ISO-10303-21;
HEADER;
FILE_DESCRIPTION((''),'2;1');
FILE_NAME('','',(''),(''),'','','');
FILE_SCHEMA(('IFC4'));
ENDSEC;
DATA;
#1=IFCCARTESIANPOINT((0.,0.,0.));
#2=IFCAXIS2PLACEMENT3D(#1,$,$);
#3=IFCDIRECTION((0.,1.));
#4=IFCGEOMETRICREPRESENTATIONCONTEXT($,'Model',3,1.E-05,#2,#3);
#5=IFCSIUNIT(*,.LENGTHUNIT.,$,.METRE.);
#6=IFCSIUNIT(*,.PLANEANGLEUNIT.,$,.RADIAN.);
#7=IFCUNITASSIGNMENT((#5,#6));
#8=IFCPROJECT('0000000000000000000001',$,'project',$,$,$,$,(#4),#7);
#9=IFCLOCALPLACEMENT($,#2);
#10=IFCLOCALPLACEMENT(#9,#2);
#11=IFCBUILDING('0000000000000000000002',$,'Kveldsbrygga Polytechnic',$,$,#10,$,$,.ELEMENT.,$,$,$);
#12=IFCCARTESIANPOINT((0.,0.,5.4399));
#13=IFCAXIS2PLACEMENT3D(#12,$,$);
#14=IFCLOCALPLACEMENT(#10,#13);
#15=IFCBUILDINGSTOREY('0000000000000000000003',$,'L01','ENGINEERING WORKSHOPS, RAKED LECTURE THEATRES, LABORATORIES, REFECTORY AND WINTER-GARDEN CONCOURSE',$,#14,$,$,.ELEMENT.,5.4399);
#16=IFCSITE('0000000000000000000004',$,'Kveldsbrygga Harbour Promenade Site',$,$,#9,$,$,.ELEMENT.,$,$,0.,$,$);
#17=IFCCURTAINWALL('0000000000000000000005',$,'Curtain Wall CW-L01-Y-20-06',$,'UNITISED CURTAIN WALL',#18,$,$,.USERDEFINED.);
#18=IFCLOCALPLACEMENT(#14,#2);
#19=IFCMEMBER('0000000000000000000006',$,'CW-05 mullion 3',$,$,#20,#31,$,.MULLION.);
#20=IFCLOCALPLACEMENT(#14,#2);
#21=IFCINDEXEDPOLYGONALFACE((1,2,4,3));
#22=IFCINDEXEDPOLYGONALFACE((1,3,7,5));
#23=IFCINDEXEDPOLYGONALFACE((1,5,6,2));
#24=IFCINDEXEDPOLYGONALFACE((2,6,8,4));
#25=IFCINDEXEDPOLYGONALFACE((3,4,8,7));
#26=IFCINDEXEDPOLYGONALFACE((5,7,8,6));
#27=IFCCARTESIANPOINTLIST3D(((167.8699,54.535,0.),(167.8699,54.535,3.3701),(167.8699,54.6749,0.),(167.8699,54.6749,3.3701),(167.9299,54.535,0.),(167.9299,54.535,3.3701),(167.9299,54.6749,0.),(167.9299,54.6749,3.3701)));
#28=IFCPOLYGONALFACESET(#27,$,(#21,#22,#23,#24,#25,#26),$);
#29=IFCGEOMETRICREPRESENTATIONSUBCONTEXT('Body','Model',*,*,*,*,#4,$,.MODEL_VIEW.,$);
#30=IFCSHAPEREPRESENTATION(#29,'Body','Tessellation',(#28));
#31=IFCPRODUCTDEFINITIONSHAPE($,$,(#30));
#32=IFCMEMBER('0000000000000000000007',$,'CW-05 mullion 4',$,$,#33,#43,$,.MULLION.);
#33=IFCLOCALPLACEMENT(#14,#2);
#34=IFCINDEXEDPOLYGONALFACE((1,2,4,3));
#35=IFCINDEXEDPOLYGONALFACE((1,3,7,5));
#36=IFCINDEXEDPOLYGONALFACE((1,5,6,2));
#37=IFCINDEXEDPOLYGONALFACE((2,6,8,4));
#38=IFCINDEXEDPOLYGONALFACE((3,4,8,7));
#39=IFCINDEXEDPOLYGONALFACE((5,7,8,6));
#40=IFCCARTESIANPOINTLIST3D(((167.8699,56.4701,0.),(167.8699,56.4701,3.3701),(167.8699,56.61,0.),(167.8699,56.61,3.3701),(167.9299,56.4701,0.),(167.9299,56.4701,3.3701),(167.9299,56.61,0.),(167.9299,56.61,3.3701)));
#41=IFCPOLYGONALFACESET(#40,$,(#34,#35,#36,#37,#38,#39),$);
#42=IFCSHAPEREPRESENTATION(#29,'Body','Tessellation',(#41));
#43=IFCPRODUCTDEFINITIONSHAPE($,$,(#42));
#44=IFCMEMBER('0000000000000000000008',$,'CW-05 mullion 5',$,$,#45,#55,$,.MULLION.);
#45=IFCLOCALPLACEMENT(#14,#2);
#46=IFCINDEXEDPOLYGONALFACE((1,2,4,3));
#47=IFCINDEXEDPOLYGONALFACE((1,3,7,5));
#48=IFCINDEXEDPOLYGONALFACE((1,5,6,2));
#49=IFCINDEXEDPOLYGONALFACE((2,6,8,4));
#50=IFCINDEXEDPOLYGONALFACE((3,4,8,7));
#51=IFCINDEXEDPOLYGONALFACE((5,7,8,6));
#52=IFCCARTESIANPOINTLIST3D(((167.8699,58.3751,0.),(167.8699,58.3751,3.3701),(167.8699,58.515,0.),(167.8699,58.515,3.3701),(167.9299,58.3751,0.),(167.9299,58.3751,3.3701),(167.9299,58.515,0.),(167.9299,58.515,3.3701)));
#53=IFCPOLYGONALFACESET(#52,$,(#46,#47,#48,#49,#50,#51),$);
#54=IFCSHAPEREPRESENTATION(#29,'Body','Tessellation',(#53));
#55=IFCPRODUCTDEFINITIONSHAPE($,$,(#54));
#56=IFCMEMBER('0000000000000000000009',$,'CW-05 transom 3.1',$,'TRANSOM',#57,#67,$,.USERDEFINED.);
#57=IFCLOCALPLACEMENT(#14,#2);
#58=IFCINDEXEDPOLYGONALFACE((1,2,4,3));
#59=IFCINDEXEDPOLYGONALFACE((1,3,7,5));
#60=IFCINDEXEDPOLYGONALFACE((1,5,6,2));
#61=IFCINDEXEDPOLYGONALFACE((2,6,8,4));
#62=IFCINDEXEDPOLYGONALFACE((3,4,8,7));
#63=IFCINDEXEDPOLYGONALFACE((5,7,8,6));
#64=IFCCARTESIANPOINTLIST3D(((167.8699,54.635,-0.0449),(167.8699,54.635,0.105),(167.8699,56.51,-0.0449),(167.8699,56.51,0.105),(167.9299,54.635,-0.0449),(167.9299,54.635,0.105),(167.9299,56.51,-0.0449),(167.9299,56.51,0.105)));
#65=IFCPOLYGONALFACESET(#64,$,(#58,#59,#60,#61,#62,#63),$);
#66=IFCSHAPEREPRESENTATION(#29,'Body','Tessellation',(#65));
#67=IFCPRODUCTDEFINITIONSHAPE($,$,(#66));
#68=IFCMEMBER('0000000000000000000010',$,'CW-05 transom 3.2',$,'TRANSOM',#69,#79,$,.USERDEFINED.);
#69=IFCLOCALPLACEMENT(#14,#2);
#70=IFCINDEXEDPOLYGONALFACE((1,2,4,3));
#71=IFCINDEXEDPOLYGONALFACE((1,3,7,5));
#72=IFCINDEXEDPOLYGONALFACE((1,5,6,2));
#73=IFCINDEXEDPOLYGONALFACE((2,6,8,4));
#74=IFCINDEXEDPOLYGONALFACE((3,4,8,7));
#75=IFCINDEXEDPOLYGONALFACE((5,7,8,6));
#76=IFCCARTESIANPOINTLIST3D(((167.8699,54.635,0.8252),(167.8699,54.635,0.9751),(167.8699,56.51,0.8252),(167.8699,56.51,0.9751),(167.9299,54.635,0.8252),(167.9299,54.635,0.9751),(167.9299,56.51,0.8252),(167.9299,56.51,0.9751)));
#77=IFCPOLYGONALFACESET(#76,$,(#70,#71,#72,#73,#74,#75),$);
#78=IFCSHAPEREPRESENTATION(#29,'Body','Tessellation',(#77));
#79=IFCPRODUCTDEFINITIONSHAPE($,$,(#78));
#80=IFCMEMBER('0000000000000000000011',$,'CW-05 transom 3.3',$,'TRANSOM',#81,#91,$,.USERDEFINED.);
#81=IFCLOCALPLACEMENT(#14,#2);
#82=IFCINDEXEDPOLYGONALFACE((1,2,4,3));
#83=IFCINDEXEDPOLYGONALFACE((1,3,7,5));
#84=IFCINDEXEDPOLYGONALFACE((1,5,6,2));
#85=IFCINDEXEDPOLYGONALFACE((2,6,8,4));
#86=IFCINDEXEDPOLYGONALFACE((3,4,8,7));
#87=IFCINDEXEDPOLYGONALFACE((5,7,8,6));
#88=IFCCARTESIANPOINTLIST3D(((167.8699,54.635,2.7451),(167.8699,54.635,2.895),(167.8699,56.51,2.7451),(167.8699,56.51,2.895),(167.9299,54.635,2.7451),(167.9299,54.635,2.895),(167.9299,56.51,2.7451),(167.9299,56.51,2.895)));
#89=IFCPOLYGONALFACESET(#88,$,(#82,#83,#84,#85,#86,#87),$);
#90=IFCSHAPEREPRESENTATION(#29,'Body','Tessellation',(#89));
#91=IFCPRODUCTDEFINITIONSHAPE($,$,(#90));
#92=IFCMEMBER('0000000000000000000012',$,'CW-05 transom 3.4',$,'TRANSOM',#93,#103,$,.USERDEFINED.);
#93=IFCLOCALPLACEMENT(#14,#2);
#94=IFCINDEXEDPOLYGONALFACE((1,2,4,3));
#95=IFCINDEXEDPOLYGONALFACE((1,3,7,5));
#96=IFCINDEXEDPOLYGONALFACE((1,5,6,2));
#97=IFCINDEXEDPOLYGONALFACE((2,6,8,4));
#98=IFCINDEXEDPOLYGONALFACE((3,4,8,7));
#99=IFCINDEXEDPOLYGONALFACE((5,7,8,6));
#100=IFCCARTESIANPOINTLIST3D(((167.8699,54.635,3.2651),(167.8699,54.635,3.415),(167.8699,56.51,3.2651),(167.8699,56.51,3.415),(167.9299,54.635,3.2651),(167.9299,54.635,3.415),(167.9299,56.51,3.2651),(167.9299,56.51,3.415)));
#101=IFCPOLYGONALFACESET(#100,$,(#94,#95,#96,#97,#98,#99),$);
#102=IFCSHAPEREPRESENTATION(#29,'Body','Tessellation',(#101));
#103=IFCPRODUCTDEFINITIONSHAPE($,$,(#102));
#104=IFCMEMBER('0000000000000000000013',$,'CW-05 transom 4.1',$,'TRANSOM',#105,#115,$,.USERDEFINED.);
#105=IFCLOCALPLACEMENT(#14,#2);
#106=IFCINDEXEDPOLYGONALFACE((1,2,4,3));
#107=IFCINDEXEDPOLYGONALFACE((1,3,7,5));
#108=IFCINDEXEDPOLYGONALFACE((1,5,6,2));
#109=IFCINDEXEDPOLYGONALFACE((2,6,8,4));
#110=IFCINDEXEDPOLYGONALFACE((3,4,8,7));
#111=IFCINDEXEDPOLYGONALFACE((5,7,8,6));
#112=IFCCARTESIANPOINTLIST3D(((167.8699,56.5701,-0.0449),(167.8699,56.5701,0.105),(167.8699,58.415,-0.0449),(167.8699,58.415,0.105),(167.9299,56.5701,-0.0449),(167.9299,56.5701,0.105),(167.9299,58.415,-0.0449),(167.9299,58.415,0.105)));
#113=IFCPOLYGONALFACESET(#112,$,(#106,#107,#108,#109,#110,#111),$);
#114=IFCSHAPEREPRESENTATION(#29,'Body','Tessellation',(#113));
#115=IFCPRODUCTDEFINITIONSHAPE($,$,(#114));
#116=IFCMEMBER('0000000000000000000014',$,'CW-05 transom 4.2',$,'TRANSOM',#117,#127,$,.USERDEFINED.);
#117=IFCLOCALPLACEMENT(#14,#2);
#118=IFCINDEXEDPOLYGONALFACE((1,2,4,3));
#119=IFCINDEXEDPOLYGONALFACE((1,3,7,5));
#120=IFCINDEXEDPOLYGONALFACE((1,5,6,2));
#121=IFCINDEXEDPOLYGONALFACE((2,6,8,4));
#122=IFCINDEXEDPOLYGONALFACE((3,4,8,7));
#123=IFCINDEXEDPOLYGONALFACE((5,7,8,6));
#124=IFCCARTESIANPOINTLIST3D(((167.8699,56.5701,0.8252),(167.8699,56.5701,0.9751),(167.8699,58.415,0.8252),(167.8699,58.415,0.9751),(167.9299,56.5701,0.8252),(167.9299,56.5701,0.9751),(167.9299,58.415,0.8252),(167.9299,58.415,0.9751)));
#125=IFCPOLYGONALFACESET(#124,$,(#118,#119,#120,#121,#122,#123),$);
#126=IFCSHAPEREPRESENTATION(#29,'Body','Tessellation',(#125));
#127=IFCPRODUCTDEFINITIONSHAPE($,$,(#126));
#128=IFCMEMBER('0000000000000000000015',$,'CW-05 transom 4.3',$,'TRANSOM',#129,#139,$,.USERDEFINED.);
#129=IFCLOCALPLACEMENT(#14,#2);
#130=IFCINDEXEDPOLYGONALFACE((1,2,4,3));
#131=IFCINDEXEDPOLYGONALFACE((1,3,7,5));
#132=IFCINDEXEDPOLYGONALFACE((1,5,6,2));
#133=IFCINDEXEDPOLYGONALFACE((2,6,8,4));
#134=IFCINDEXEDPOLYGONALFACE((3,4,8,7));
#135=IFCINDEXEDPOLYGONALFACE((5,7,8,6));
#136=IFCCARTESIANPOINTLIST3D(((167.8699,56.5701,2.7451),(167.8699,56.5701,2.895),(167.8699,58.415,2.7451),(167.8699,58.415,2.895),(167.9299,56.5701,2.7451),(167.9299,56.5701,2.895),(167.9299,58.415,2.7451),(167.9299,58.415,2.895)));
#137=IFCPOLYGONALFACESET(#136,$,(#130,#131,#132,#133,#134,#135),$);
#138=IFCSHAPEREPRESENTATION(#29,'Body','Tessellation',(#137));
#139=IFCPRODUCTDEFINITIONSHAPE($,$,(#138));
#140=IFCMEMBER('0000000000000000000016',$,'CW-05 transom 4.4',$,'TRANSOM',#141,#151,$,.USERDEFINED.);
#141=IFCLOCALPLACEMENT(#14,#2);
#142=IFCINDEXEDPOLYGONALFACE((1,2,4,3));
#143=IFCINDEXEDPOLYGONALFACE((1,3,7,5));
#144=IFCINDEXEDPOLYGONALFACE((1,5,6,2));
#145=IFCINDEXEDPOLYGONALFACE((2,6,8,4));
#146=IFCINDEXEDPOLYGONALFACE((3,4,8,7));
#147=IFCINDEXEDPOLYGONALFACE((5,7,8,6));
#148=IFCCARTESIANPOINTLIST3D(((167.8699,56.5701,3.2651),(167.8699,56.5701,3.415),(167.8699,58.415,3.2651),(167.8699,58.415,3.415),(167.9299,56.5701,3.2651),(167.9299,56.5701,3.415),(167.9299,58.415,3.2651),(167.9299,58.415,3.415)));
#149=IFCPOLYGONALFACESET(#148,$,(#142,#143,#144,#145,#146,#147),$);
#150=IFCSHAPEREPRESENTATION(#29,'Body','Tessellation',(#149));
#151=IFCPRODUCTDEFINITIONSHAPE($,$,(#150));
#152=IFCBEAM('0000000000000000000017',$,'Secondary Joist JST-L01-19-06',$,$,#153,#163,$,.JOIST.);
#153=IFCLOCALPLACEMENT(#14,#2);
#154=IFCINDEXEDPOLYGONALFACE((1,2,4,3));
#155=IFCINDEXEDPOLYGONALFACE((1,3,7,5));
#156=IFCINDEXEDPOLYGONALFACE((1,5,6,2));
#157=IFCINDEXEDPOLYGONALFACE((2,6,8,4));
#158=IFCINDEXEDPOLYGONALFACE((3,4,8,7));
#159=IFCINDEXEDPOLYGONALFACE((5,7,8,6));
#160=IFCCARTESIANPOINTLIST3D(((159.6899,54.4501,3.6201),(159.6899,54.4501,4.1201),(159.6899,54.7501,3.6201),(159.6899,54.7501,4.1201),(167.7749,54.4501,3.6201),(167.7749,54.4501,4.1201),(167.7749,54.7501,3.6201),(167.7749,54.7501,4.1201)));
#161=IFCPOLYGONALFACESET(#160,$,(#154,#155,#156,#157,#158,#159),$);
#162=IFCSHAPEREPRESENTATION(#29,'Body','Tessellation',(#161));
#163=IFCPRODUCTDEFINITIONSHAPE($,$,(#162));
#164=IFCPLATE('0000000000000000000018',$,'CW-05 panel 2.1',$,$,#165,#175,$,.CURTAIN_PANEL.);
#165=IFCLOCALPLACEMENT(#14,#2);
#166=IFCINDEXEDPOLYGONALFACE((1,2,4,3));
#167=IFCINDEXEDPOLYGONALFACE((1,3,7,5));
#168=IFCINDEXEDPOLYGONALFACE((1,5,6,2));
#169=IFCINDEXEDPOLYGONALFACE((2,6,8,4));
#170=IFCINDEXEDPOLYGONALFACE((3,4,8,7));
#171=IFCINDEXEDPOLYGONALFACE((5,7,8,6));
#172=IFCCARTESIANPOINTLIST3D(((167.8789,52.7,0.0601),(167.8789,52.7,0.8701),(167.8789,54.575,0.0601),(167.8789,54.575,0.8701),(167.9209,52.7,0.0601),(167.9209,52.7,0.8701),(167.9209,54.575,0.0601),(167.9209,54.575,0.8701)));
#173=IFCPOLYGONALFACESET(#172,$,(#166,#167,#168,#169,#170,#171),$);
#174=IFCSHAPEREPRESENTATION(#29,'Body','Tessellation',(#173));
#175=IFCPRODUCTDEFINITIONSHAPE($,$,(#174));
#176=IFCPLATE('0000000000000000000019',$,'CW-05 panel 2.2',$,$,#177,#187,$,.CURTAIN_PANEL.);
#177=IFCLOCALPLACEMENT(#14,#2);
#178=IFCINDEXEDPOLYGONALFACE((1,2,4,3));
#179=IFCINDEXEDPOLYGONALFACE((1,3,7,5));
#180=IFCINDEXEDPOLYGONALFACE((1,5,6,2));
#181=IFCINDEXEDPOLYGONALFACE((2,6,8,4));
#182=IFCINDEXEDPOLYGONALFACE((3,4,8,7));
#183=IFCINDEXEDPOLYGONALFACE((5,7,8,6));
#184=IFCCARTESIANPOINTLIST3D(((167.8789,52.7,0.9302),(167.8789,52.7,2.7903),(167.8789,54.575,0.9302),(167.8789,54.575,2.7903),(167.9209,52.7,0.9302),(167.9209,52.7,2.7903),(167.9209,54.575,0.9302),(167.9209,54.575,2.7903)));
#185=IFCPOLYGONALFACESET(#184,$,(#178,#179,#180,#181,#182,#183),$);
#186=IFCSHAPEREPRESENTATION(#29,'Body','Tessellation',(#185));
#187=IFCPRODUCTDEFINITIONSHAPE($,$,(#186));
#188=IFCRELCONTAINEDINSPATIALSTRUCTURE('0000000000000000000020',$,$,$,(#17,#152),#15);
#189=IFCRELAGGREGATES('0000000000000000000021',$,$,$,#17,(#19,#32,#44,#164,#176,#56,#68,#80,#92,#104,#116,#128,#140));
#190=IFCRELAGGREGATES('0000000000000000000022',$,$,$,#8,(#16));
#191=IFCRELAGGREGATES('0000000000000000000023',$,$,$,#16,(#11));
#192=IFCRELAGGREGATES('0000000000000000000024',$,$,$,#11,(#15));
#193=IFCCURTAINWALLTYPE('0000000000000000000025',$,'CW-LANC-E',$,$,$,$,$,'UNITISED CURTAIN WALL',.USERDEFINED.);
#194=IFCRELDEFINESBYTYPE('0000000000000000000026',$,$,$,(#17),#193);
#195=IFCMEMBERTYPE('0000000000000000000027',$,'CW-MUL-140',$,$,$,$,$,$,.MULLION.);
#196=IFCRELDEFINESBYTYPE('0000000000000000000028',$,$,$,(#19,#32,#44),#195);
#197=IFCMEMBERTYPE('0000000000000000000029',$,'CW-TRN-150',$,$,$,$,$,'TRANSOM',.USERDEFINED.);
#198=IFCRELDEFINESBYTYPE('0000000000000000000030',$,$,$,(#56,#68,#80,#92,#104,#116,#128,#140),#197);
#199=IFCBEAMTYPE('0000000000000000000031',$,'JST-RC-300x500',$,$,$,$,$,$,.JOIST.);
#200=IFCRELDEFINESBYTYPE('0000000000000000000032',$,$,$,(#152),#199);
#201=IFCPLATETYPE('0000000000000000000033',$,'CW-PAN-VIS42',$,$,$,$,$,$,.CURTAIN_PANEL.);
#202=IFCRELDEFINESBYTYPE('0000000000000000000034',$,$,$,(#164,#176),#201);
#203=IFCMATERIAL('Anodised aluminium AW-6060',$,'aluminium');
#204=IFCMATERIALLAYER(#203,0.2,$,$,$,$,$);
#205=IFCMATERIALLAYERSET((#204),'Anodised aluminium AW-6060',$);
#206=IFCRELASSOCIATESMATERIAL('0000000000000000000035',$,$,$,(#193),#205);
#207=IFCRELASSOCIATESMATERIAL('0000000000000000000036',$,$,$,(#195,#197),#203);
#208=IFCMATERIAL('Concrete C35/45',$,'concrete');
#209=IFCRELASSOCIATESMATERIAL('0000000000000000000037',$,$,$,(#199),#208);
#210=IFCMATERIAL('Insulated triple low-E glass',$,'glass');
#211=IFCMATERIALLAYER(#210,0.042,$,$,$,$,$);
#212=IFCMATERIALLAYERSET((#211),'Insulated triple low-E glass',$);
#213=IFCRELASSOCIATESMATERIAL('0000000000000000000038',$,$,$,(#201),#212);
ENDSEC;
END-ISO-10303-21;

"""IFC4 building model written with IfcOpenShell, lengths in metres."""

from ifc_helpers import new_model, si_unit, direction, frame, origin, origin_2d, place, context, subcontext, project, spatial, rectangle, extrude, material, layer, layer_set, material_profile, profile_set, type_object, element, aggregate, save


model = new_model("IFC4")

# Units and contexts
model_context = context("Model", 3, precision=1e-05, world=origin(), true_north=direction((0.0, 1.0)))
body_context = subcontext(model_context, "Body", "Model", "MODEL_VIEW")
ifc_project = project(units=[si_unit("LENGTHUNIT", "METRE"), si_unit("PLANEANGLEUNIT", "RADIAN")], contexts=[model_context])

# Site, building, storey
site_placement = place(None, origin())
site = spatial("IfcSite", under=ifc_project, at=site_placement, Name="Kveldsbrygga Harbour Promenade Site", CompositionType="ELEMENT", RefElevation=0.0)
building_placement = place(site_placement, origin())
building = spatial("IfcBuilding", under=site, at=building_placement, Name="Kveldsbrygga Polytechnic", CompositionType="ELEMENT")
storey_placement = place(building_placement, frame((0.0, 0.0, 5.4399)))
storey = spatial("IfcBuildingStorey", under=building, at=storey_placement, Name="L01", Description="ENGINEERING WORKSHOPS, RAKED LECTURE THEATRES, LABORATORIES, REFECTORY AND WINTER-GARDEN CONCOURSE", CompositionType="ELEMENT", Elevation=5.4399)

# Curtain wall, members
ifc_material_1 = material(Name="Anodised aluminium AW-6060", Category="aluminium")
ifc_layer_1 = layer(ifc_material_1, 0.2)
ifc_layer_set_1 = layer_set([ifc_layer_1], Name="Anodised aluminium AW-6060")
curtain_wall_type = type_object("IfcCurtainWallType", Name="CW-LANC-E", ElementType="UNITISED CURTAIN WALL", PredefinedType="USERDEFINED", material=ifc_layer_set_1)
curtain_wall_placement = place(storey_placement, origin())
curtain_wall = element("IfcCurtainWall", 1, at=curtain_wall_placement, inside=storey, type_object=curtain_wall_type, Name="Curtain Wall CW-L01-Y-20-06", ObjectType="UNITISED CURTAIN WALL", PredefinedType="USERDEFINED")
ifc_material_profile_1 = material_profile(ifc_material_1, rectangle(XDim=0.0601, YDim=0.1399, at=origin_2d()), Name="ALU 60x140")
ifc_profile_set_1 = profile_set([ifc_material_profile_1], Name="Anodised aluminium AW-6060")
member_type_1 = type_object("IfcMemberType", Name="CW-MUL-140", PredefinedType="MULLION", material=ifc_profile_set_1)
member_1_placement = place(storey_placement, frame((167.8999, 54.605, 0.0), z_axis=(0.0, 0.0, 1.0), x_axis=(-1.0, 0.0, 0.0)))
member_1 = element("IfcMember", 2, at=member_1_placement, type_object=member_type_1, Name="CW-05 mullion 3", PredefinedType="MULLION", context=body_context, shape_type="SweptSolid", body=[
    extrude(rectangle(XDim=0.0601, YDim=0.1399, at=origin_2d()), origin(), (0.0, 0.0, 1.0), 3.3701),
])
member_2_placement = place(storey_placement, frame((167.8999, 56.54, 0.0), z_axis=(0.0, 0.0, 1.0), x_axis=(-1.0, 0.0, 0.0)))
member_2 = element("IfcMember", 3, at=member_2_placement, type_object=member_type_1, Name="CW-05 mullion 4", PredefinedType="MULLION", context=body_context, shape_type="SweptSolid", body=[
    extrude(rectangle(XDim=0.0601, YDim=0.1399, at=origin_2d()), origin(), (0.0, 0.0, 1.0), 3.3701),
])
member_3_placement = place(storey_placement, frame((167.8999, 58.4451, 0.0), z_axis=(0.0, 0.0, 1.0), x_axis=(-1.0, 0.0, 0.0)))
member_3 = element("IfcMember", 4, at=member_3_placement, type_object=member_type_1, Name="CW-05 mullion 5", PredefinedType="MULLION", context=body_context, shape_type="SweptSolid", body=[
    extrude(rectangle(XDim=0.0601, YDim=0.1399, at=origin_2d()), origin(), (0.0, 0.0, 1.0), 3.3701),
])
ifc_material_profile_2 = material_profile(ifc_material_1, rectangle(XDim=0.0601, YDim=0.1499, at=origin_2d()), Name="ALU 60x150")
ifc_profile_set_2 = profile_set([ifc_material_profile_2], Name="Anodised aluminium AW-6060")
member_type_2 = type_object("IfcMemberType", Name="CW-TRN-150", ElementType="TRANSOM", PredefinedType="USERDEFINED", material=ifc_profile_set_2)
member_4_placement = place(storey_placement, frame((167.8999, 54.635, 0.03), z_axis=(0.0, 1.0, 0.0), x_axis=(-1.0, 0.0, 0.0)))
member_4 = element("IfcMember", 5, at=member_4_placement, type_object=member_type_2, Name="CW-05 transom 3.1", ObjectType="TRANSOM", PredefinedType="USERDEFINED", context=body_context, shape_type="SweptSolid", body=[
    extrude(rectangle(XDim=0.0601, YDim=0.1499, at=origin_2d()), origin(), (0.0, 0.0, 1.0), 1.875),
])
member_5_placement = place(storey_placement, frame((167.8999, 54.635, 0.9001), z_axis=(0.0, 1.0, 0.0), x_axis=(-1.0, 0.0, 0.0)))
member_5 = element("IfcMember", 6, at=member_5_placement, type_object=member_type_2, Name="CW-05 transom 3.2", ObjectType="TRANSOM", PredefinedType="USERDEFINED", context=body_context, shape_type="SweptSolid", body=[
    extrude(rectangle(XDim=0.0601, YDim=0.1499, at=origin_2d()), origin(), (0.0, 0.0, 1.0), 1.875),
])
member_6_placement = place(storey_placement, frame((167.8999, 54.635, 2.8201), z_axis=(0.0, 1.0, 0.0), x_axis=(-1.0, 0.0, 0.0)))
member_6 = element("IfcMember", 7, at=member_6_placement, type_object=member_type_2, Name="CW-05 transom 3.3", ObjectType="TRANSOM", PredefinedType="USERDEFINED", context=body_context, shape_type="SweptSolid", body=[
    extrude(rectangle(XDim=0.0601, YDim=0.1499, at=origin_2d()), origin(), (0.0, 0.0, 1.0), 1.875),
])
member_7_placement = place(storey_placement, frame((167.8999, 54.635, 3.3401), z_axis=(0.0, 1.0, 0.0), x_axis=(-1.0, 0.0, 0.0)))
member_7 = element("IfcMember", 8, at=member_7_placement, type_object=member_type_2, Name="CW-05 transom 3.4", ObjectType="TRANSOM", PredefinedType="USERDEFINED", context=body_context, shape_type="SweptSolid", body=[
    extrude(rectangle(XDim=0.0601, YDim=0.1499, at=origin_2d()), origin(), (0.0, 0.0, 1.0), 1.875),
])
member_8_placement = place(storey_placement, frame((167.8999, 56.5701, 0.03), z_axis=(0.0, 1.0, 0.0), x_axis=(-1.0, 0.0, 0.0)))
member_8 = element("IfcMember", 9, at=member_8_placement, type_object=member_type_2, Name="CW-05 transom 4.1", ObjectType="TRANSOM", PredefinedType="USERDEFINED", context=body_context, shape_type="SweptSolid", body=[
    extrude(rectangle(XDim=0.0601, YDim=0.1499, at=origin_2d()), origin(), (0.0, 0.0, 1.0), 1.845),
])
member_9_placement = place(storey_placement, frame((167.8999, 56.5701, 0.9001), z_axis=(0.0, 1.0, 0.0), x_axis=(-1.0, 0.0, 0.0)))
member_9 = element("IfcMember", 10, at=member_9_placement, type_object=member_type_2, Name="CW-05 transom 4.2", ObjectType="TRANSOM", PredefinedType="USERDEFINED", context=body_context, shape_type="SweptSolid", body=[
    extrude(rectangle(XDim=0.0601, YDim=0.1499, at=origin_2d()), origin(), (0.0, 0.0, 1.0), 1.845),
])
member_10_placement = place(storey_placement, frame((167.8999, 56.5701, 2.8201), z_axis=(0.0, 1.0, 0.0), x_axis=(-1.0, 0.0, 0.0)))
member_10 = element("IfcMember", 11, at=member_10_placement, type_object=member_type_2, Name="CW-05 transom 4.3", ObjectType="TRANSOM", PredefinedType="USERDEFINED", context=body_context, shape_type="SweptSolid", body=[
    extrude(rectangle(XDim=0.0601, YDim=0.1499, at=origin_2d()), origin(), (0.0, 0.0, 1.0), 1.845),
])
member_11_placement = place(storey_placement, frame((167.8999, 56.5701, 3.3401), z_axis=(0.0, 1.0, 0.0), x_axis=(-1.0, 0.0, 0.0)))
member_11 = element("IfcMember", 12, at=member_11_placement, type_object=member_type_2, Name="CW-05 transom 4.4", ObjectType="TRANSOM", PredefinedType="USERDEFINED", context=body_context, shape_type="SweptSolid", body=[
    extrude(rectangle(XDim=0.0601, YDim=0.1499, at=origin_2d()), origin(), (0.0, 0.0, 1.0), 1.845),
])

# Beam
ifc_material_2 = material(Name="Concrete C35/45", Category="concrete")
ifc_material_profile_3 = material_profile(ifc_material_2, rectangle(XDim=0.3, YDim=0.5, at=origin_2d()), Name="RC 300x500")
ifc_profile_set_3 = profile_set([ifc_material_profile_3], Name="Concrete C35/45")
beam_type = type_object("IfcBeamType", Name="JST-RC-300x500", PredefinedType="JOIST", material=ifc_profile_set_3)
beam_placement = place(storey_placement, frame((159.6899, 54.6001, 3.8701), z_axis=(1.0, 0.0, 0.0), x_axis=(0.0, 1.0, 0.0)))
element("IfcBeam", 13, at=beam_placement, inside=storey, type_object=beam_type, Name="Secondary Joist JST-L01-19-06", PredefinedType="JOIST", context=body_context, shape_type="SweptSolid", body=[
    extrude(rectangle(XDim=0.3, YDim=0.5, at=origin_2d()), origin(), (0.0, 0.0, 1.0), 8.085),
])

# Plates
ifc_material_3 = material(Name="Insulated triple low-E glass", Category="glass")
ifc_layer_2 = layer(ifc_material_3, 0.042)
ifc_layer_set_2 = layer_set([ifc_layer_2], Name="Insulated triple low-E glass")
plate_type = type_object("IfcPlateType", Name="CW-PAN-VIS42", PredefinedType="CURTAIN_PANEL", material=ifc_layer_set_2)
plate_1_placement = place(storey_placement, frame((167.8999, 53.6375, 0.0601), z_axis=(0.0, 0.0, 1.0), x_axis=(0.0, 1.0, 0.0)))
plate_1 = element("IfcPlate", 14, at=plate_1_placement, type_object=plate_type, Name="CW-05 panel 2.1", PredefinedType="CURTAIN_PANEL", context=body_context, shape_type="SweptSolid", body=[
    extrude(rectangle(XDim=1.875, YDim=0.042, at=origin_2d()), origin(), (0.0, 0.0, 1.0), 0.8101),
])
plate_2_placement = place(storey_placement, frame((167.8999, 53.6375, 0.9302), z_axis=(0.0, 0.0, 1.0), x_axis=(0.0, 1.0, 0.0)))
plate_2 = element("IfcPlate", 15, at=plate_2_placement, type_object=plate_type, Name="CW-05 panel 2.2", PredefinedType="CURTAIN_PANEL", context=body_context, shape_type="SweptSolid", body=[
    extrude(rectangle(XDim=1.875, YDim=0.042, at=origin_2d()), origin(), (0.0, 0.0, 1.0), 1.8601),
])
aggregate(curtain_wall, [member_1, member_2, member_3, plate_1, plate_2, member_4, member_5, member_6, member_7, member_8, member_9, member_10, member_11])

save(model, "model.ifc")
